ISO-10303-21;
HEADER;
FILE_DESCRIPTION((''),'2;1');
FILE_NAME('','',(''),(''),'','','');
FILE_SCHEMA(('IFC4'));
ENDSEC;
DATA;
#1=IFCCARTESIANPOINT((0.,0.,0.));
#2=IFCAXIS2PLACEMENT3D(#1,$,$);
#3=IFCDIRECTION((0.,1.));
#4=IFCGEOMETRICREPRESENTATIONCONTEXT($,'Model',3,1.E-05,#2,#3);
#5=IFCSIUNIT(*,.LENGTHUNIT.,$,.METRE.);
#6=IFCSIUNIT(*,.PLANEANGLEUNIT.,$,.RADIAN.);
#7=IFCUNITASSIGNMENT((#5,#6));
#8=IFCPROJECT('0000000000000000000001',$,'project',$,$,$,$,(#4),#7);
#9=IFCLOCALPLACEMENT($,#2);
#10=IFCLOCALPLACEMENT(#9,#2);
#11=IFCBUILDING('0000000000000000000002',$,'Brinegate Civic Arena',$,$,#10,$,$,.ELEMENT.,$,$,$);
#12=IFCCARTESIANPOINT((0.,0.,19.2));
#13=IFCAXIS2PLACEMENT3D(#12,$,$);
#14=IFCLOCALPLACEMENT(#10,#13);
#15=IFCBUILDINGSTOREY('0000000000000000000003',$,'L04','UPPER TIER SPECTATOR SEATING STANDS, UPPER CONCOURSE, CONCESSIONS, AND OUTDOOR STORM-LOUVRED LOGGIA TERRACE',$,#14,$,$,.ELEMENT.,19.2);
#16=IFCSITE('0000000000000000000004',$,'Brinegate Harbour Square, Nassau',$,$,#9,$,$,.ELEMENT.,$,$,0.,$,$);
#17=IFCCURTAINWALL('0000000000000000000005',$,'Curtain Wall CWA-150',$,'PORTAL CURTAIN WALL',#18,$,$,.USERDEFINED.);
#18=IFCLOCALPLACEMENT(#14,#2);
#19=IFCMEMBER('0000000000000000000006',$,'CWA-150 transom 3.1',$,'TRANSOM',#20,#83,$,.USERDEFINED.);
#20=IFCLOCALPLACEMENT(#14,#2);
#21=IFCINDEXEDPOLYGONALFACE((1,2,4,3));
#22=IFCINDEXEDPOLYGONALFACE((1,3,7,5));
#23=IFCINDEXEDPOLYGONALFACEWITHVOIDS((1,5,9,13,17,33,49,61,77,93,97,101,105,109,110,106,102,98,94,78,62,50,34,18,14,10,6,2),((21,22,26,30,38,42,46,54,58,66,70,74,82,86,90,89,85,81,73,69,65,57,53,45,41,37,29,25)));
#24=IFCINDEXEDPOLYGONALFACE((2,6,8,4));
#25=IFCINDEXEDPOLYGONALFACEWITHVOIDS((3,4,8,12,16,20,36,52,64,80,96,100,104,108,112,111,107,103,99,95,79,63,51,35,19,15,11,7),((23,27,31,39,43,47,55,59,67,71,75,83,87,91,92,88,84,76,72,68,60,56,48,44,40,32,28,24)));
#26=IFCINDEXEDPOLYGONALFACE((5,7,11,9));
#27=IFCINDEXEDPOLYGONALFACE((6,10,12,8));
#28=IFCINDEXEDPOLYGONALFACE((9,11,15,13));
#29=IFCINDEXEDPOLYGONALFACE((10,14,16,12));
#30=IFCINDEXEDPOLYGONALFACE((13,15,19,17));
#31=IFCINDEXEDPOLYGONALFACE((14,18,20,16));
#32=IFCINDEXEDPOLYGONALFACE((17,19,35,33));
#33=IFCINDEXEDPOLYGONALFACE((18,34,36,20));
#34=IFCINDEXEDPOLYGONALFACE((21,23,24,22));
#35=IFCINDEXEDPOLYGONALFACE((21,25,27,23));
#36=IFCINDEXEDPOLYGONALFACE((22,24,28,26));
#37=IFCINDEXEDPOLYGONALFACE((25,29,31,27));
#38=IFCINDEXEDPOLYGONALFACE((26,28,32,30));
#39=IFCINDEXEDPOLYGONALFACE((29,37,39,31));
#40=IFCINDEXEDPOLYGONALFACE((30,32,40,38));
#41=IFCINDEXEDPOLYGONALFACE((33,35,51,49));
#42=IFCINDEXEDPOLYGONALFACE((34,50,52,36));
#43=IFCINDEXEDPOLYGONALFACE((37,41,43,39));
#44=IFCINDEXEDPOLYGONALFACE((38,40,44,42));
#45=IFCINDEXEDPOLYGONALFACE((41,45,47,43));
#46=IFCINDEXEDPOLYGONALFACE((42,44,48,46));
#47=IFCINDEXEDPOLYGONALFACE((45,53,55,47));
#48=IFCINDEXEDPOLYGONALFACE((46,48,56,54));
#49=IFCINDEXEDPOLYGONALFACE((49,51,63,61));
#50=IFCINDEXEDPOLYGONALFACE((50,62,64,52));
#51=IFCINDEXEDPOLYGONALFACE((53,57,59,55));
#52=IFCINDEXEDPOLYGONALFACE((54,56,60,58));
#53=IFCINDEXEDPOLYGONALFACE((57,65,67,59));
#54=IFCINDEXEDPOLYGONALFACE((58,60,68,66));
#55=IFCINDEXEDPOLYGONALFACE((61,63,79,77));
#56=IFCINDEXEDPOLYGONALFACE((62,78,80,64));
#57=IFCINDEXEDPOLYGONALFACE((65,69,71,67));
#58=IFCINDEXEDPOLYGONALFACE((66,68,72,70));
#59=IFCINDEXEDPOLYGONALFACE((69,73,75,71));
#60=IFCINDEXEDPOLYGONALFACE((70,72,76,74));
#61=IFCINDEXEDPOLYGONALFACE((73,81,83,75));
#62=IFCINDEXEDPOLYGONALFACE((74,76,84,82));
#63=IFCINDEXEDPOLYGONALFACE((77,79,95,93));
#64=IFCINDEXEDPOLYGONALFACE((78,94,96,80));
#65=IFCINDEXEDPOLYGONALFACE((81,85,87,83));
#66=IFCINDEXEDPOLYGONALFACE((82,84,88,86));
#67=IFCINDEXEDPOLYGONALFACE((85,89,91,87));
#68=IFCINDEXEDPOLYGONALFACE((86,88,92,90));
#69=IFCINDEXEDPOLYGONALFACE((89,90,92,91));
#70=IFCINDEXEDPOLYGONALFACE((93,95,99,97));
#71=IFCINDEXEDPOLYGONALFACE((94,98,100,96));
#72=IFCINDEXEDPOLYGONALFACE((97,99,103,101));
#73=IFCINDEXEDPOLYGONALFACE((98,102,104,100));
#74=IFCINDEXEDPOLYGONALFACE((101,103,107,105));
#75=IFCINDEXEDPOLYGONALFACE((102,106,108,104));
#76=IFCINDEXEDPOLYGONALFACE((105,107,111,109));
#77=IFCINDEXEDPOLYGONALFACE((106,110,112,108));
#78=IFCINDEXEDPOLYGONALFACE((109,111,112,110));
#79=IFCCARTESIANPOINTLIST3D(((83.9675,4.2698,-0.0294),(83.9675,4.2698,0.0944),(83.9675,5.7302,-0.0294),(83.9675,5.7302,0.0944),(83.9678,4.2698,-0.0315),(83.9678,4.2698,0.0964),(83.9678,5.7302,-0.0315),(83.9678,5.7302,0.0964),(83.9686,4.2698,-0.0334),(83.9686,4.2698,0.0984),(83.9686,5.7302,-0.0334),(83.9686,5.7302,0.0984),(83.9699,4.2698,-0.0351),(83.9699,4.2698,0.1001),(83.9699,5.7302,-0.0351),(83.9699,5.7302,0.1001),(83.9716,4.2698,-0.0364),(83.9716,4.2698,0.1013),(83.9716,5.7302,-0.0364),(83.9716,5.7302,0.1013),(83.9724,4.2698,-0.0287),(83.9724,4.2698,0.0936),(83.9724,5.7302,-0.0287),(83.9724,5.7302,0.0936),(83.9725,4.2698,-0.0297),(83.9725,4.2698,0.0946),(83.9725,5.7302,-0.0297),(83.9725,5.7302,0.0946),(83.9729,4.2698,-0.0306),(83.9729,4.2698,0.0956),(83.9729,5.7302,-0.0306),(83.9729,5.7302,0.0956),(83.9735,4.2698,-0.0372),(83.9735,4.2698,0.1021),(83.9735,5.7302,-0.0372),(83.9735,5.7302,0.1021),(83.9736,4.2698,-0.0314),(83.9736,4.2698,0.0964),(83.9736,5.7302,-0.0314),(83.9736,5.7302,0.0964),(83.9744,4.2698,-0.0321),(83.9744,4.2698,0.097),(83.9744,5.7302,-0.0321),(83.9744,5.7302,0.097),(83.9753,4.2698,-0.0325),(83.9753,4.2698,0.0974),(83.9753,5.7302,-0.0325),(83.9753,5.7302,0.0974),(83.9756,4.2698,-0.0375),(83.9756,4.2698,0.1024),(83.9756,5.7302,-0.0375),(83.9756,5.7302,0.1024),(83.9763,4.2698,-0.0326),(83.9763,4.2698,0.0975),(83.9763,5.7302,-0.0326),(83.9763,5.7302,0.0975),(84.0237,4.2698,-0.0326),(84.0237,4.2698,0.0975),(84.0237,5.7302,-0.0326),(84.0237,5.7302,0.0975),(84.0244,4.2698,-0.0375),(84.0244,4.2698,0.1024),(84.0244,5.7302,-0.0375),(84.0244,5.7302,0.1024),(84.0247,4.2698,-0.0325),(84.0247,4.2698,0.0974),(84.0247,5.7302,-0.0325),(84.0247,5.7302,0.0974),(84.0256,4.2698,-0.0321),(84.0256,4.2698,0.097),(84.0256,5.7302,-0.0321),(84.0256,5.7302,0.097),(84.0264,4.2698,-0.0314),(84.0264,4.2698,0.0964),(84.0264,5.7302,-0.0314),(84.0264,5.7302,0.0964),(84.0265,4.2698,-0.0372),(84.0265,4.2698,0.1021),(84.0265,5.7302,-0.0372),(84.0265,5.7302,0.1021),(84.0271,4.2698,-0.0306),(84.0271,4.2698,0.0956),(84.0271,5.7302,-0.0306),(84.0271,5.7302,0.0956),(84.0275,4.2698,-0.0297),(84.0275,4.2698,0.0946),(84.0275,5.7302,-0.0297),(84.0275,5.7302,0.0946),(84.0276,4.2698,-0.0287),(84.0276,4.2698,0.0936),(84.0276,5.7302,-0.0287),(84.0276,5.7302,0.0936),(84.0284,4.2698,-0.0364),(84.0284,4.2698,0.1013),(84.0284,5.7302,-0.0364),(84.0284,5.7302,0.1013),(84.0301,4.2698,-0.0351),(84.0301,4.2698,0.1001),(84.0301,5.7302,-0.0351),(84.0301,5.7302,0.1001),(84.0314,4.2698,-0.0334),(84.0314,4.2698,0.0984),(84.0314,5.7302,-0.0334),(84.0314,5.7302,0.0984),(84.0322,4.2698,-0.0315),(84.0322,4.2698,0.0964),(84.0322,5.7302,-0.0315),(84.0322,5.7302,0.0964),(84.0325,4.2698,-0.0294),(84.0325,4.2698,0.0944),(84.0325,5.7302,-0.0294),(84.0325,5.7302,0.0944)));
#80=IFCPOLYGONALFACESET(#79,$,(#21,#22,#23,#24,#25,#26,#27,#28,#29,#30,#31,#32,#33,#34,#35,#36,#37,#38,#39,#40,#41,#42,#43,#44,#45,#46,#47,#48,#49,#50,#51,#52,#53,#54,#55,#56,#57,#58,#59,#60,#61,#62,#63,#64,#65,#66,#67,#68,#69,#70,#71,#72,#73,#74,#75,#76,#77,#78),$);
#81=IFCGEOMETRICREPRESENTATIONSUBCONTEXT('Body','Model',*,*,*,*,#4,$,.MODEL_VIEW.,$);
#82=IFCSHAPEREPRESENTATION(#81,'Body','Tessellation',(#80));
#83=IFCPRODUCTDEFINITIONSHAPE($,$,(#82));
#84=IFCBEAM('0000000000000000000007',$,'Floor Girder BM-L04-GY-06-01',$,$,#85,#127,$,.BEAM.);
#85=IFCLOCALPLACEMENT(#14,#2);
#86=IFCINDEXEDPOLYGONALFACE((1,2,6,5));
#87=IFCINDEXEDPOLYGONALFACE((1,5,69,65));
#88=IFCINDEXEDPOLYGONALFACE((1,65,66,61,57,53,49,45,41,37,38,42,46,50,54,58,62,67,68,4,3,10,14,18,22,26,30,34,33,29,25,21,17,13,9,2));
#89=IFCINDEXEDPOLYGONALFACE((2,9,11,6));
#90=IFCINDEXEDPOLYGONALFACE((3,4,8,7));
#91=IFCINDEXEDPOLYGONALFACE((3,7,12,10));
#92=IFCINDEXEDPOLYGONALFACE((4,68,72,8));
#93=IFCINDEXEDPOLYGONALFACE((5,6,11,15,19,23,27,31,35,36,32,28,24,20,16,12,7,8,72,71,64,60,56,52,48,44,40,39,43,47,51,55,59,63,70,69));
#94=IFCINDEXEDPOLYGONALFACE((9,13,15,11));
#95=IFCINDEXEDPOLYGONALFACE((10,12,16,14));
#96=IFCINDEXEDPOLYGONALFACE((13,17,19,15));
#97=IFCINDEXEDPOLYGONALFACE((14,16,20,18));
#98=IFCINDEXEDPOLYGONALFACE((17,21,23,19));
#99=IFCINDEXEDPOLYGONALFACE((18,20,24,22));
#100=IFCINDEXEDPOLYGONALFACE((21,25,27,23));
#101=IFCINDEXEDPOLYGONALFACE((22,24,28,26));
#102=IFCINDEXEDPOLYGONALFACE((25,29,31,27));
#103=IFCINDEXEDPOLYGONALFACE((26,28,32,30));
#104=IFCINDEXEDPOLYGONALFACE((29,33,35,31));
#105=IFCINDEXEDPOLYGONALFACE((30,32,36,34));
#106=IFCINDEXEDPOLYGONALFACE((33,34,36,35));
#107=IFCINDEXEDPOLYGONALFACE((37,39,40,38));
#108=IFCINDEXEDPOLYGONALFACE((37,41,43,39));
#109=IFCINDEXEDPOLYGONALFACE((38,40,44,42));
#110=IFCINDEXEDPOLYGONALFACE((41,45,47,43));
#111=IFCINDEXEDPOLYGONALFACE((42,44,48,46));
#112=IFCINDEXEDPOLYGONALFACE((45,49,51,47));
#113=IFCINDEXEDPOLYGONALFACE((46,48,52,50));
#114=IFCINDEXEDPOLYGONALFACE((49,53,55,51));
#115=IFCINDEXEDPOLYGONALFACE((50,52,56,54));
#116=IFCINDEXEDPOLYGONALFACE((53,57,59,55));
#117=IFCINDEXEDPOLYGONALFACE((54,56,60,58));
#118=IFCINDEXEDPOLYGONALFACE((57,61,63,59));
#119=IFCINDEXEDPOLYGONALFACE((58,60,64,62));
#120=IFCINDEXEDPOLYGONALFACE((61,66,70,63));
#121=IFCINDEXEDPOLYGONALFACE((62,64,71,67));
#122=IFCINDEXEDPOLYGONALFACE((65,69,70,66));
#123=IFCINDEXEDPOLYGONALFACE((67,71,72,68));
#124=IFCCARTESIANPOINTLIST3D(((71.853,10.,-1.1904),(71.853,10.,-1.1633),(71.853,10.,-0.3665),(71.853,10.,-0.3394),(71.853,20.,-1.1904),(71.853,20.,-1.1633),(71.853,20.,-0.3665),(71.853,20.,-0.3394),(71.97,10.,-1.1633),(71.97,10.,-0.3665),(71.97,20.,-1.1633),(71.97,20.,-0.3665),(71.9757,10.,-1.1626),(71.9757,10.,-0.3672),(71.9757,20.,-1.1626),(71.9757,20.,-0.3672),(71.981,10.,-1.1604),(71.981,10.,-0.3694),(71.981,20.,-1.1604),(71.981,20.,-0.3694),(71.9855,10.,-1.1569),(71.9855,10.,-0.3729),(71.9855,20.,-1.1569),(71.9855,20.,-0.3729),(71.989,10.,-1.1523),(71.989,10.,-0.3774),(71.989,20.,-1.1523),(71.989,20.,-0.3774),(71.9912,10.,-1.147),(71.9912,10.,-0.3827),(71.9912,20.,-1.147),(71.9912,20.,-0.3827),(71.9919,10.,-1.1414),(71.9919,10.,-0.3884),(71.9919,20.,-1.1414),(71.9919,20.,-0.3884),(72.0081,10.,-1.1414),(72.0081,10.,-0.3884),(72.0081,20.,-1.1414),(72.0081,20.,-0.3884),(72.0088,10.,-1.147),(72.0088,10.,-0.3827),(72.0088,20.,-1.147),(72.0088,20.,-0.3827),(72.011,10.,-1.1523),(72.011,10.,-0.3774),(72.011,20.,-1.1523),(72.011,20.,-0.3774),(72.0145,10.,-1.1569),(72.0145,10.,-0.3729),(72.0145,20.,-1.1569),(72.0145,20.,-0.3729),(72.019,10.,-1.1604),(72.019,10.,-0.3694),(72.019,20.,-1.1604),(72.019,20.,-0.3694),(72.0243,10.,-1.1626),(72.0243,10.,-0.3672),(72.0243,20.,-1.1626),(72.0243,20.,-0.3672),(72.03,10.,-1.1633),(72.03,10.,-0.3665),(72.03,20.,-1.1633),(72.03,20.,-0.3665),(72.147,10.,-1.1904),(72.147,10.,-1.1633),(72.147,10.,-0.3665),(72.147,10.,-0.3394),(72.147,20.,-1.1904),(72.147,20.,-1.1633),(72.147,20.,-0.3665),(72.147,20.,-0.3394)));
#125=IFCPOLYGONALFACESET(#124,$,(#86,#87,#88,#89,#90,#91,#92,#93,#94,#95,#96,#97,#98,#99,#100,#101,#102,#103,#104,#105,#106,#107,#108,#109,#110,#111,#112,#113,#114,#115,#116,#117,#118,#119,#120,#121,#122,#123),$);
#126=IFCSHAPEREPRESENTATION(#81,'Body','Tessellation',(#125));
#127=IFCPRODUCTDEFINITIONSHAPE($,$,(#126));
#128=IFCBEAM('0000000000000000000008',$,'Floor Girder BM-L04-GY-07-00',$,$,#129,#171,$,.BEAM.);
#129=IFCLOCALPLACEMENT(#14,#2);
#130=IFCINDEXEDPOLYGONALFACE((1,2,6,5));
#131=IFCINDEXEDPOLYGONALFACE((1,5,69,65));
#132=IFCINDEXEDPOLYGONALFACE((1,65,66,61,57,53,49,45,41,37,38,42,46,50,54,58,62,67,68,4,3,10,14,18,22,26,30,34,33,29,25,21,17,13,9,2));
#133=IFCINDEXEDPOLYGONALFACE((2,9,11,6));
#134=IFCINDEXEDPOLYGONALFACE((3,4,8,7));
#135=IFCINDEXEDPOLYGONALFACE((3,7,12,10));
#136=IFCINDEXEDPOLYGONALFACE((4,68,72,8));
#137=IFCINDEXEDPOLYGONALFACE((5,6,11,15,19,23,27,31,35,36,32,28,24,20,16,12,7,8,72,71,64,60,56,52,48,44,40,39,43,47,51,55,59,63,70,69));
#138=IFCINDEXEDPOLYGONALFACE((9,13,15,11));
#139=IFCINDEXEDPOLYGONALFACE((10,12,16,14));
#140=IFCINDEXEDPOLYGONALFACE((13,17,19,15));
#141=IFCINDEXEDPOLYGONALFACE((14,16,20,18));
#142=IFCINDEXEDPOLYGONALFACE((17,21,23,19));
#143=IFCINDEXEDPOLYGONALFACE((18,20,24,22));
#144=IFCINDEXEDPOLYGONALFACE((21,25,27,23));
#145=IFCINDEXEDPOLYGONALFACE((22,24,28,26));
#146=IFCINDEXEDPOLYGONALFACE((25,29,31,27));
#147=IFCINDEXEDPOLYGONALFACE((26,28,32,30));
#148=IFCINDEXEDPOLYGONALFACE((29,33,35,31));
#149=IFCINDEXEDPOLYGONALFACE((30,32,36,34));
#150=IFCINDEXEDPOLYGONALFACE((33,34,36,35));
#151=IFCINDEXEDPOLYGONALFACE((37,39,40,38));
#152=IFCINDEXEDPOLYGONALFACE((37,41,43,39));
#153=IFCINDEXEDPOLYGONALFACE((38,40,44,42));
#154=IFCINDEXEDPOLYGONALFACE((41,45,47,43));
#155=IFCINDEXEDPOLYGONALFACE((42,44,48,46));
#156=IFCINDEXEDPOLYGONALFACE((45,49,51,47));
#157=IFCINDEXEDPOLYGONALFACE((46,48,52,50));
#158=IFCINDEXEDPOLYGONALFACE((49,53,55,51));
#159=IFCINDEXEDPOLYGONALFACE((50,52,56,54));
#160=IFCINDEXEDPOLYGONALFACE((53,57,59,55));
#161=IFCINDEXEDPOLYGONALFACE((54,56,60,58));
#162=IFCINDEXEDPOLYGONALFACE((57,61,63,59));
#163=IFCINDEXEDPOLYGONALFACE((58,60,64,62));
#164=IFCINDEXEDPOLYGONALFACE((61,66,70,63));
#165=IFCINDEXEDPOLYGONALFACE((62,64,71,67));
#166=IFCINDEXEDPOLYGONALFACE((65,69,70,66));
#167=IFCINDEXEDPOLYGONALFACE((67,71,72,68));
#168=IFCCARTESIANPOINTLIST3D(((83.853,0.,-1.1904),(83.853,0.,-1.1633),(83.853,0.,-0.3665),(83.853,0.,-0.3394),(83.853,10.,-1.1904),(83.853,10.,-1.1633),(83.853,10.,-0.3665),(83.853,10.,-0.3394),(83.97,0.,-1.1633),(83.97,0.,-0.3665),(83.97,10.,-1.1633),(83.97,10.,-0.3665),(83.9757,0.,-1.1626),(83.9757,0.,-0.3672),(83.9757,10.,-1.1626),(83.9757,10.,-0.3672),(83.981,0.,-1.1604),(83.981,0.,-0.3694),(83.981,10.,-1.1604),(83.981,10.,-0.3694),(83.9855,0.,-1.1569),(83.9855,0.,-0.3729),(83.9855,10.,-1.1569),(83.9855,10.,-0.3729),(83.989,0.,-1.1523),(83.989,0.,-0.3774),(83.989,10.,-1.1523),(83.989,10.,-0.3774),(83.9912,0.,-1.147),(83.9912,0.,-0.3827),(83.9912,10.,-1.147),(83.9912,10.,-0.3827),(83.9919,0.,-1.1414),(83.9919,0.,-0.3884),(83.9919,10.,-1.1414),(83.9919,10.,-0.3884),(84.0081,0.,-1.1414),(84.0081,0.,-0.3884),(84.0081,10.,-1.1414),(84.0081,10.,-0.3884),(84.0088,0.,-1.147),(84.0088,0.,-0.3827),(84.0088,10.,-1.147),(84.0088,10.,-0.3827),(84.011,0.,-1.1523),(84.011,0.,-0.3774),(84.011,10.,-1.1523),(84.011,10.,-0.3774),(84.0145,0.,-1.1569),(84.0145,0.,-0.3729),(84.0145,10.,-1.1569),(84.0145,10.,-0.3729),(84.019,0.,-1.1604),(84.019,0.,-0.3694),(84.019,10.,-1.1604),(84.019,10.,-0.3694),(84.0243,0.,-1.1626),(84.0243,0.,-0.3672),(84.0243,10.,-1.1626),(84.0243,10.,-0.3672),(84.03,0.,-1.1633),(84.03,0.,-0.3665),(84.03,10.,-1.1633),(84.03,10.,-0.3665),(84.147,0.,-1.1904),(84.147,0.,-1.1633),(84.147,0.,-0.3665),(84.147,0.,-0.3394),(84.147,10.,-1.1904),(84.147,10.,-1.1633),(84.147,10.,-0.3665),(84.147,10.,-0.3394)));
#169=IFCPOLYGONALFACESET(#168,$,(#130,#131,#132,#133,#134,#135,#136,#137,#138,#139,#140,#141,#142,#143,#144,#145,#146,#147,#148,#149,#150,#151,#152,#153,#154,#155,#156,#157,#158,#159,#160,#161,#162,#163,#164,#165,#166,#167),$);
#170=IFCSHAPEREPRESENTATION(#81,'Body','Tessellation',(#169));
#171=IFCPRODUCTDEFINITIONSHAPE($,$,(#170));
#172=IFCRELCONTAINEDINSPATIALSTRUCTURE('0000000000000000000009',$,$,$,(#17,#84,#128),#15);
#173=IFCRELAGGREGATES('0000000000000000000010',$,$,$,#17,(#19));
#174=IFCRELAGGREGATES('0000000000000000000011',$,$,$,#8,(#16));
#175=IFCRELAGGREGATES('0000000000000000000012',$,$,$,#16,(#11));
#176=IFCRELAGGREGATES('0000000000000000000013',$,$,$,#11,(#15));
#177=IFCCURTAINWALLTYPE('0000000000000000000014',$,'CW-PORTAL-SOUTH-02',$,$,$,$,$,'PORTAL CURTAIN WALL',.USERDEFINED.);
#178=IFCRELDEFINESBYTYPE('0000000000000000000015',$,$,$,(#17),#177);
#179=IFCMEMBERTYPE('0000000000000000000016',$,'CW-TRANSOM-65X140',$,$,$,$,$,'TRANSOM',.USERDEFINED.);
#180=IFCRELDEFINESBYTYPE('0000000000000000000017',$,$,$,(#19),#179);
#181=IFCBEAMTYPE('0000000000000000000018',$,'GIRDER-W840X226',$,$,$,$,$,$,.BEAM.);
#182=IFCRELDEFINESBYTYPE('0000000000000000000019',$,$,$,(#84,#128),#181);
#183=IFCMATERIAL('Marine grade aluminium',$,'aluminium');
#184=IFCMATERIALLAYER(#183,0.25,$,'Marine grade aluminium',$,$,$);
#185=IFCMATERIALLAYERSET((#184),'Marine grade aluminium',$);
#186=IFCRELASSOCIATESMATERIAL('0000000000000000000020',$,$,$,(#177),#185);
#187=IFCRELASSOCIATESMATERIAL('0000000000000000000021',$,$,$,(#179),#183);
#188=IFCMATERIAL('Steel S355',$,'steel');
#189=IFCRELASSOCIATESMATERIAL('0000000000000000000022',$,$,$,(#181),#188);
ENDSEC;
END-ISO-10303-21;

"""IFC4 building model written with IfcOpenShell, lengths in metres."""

from ifc_helpers import new_model, si_unit, direction, frame, origin, origin_2d, place, context, subcontext, project, spatial, hollow_rectangle, i_section, extrude, material, layer, layer_set, material_profile, profile_set, type_object, element, aggregate, save


model = new_model("IFC4")

# Units and contexts
model_context = context("Model", 3, precision=1e-05, world=origin(), true_north=direction((0.0, 1.0)))
body_context = subcontext(model_context, "Body", "Model", "MODEL_VIEW")
ifc_project = project(units=[si_unit("LENGTHUNIT", "METRE"), si_unit("PLANEANGLEUNIT", "RADIAN")], contexts=[model_context])

# Site, building, storey
site_placement = place(None, origin())
site = spatial("IfcSite", under=ifc_project, at=site_placement, Name="Brinegate Harbour Square, Nassau", CompositionType="ELEMENT", RefElevation=0.0)
building_placement = place(site_placement, origin())
building = spatial("IfcBuilding", under=site, at=building_placement, Name="Brinegate Civic Arena", CompositionType="ELEMENT")
storey_placement = place(building_placement, frame((0.0, 0.0, 19.2)))
storey = spatial("IfcBuildingStorey", under=building, at=storey_placement, Name="L04", Description="UPPER TIER SPECTATOR SEATING STANDS, UPPER CONCOURSE, CONCESSIONS, AND OUTDOOR STORM-LOUVRED LOGGIA TERRACE", CompositionType="ELEMENT", Elevation=19.2)

# Curtain wall, member
ifc_material_1 = material(Name="Marine grade aluminium", Category="aluminium")
ifc_layer_1 = layer(ifc_material_1, 0.25, Name="Marine grade aluminium")
ifc_layer_set_1 = layer_set([ifc_layer_1], Name="Marine grade aluminium")
curtain_wall_type = type_object("IfcCurtainWallType", Name="CW-PORTAL-SOUTH-02", ElementType="PORTAL CURTAIN WALL", PredefinedType="USERDEFINED", material=ifc_layer_set_1)
curtain_wall_placement = place(storey_placement, origin())
curtain_wall = element("IfcCurtainWall", 1, at=curtain_wall_placement, inside=storey, type_object=curtain_wall_type, Name="Curtain Wall CWA-150", ObjectType="PORTAL CURTAIN WALL", PredefinedType="USERDEFINED")
ifc_material_profile_1 = material_profile(ifc_material_1, hollow_rectangle(XDim=0.0649, YDim=0.1399, WallThickness=0.0049, InnerFilletRadius=0.0039, OuterFilletRadius=0.0081, at=origin_2d()), Name="TRN65X140")
ifc_profile_set_1 = profile_set([ifc_material_profile_1], Name="Marine grade aluminium")
member_type_1 = type_object("IfcMemberType", Name="CW-TRANSOM-65X140", ElementType="TRANSOM", PredefinedType="USERDEFINED", material=ifc_profile_set_1)
member_1_placement = place(storey_placement, frame((84.0, 4.2698, 0.0325), z_axis=(0.0, 1.0, 0.0), x_axis=(-1.0, 0.0, 0.0)))
member_1 = element("IfcMember", 2, at=member_1_placement, type_object=member_type_1, Name="CWA-150 transom 3.1", ObjectType="TRANSOM", PredefinedType="USERDEFINED", context=body_context, shape_type="SweptSolid", body=[
    extrude(hollow_rectangle(XDim=0.0649, YDim=0.1399, WallThickness=0.0049, InnerFilletRadius=0.0039, OuterFilletRadius=0.0081, at=origin_2d()), origin(), (0.0, 0.0, 1.0), 1.4604),
])

# Beams
ifc_material_2 = material(Name="Steel S355", Category="steel")
ifc_material_profile_2 = material_profile(ifc_material_2, i_section(OverallWidth=0.2939, OverallDepth=0.8511, WebThickness=0.0161, FlangeThickness=0.0271, FilletRadius=0.022, at=origin_2d()), Name="W840X226")
ifc_profile_set_2 = profile_set([ifc_material_profile_2], Name="Steel S355")
beam_type_1 = type_object("IfcBeamType", Name="GIRDER-W840X226", PredefinedType="BEAM", material=ifc_profile_set_2)
for number, where, z_axis, x_axis, name in (
    (3, (72.0, 10.0, -0.7649), (0.0, 1.0, 0.0), (-1.0, 0.0, 0.0), "Floor Girder BM-L04-GY-06-01"),
    (4, (84.0, 0.0, -0.7649), (0.0, 1.0, 0.0), (-1.0, 0.0, 0.0), "Floor Girder BM-L04-GY-07-00"),
):
    element("IfcBeam", number, at=place(storey_placement, frame(where, z_axis=z_axis, x_axis=x_axis)), inside=storey, type_object=beam_type_1, Name=name, PredefinedType="BEAM", context=body_context, shape_type="SweptSolid", body=[
        extrude(i_section(OverallWidth=0.2939, OverallDepth=0.8511, WebThickness=0.0161, FlangeThickness=0.0271, FilletRadius=0.022, at=origin_2d()), origin(), (0.0, 0.0, 1.0), 10.0),
    ])

aggregate(curtain_wall, [member_1])

save(model, "model.ifc")
